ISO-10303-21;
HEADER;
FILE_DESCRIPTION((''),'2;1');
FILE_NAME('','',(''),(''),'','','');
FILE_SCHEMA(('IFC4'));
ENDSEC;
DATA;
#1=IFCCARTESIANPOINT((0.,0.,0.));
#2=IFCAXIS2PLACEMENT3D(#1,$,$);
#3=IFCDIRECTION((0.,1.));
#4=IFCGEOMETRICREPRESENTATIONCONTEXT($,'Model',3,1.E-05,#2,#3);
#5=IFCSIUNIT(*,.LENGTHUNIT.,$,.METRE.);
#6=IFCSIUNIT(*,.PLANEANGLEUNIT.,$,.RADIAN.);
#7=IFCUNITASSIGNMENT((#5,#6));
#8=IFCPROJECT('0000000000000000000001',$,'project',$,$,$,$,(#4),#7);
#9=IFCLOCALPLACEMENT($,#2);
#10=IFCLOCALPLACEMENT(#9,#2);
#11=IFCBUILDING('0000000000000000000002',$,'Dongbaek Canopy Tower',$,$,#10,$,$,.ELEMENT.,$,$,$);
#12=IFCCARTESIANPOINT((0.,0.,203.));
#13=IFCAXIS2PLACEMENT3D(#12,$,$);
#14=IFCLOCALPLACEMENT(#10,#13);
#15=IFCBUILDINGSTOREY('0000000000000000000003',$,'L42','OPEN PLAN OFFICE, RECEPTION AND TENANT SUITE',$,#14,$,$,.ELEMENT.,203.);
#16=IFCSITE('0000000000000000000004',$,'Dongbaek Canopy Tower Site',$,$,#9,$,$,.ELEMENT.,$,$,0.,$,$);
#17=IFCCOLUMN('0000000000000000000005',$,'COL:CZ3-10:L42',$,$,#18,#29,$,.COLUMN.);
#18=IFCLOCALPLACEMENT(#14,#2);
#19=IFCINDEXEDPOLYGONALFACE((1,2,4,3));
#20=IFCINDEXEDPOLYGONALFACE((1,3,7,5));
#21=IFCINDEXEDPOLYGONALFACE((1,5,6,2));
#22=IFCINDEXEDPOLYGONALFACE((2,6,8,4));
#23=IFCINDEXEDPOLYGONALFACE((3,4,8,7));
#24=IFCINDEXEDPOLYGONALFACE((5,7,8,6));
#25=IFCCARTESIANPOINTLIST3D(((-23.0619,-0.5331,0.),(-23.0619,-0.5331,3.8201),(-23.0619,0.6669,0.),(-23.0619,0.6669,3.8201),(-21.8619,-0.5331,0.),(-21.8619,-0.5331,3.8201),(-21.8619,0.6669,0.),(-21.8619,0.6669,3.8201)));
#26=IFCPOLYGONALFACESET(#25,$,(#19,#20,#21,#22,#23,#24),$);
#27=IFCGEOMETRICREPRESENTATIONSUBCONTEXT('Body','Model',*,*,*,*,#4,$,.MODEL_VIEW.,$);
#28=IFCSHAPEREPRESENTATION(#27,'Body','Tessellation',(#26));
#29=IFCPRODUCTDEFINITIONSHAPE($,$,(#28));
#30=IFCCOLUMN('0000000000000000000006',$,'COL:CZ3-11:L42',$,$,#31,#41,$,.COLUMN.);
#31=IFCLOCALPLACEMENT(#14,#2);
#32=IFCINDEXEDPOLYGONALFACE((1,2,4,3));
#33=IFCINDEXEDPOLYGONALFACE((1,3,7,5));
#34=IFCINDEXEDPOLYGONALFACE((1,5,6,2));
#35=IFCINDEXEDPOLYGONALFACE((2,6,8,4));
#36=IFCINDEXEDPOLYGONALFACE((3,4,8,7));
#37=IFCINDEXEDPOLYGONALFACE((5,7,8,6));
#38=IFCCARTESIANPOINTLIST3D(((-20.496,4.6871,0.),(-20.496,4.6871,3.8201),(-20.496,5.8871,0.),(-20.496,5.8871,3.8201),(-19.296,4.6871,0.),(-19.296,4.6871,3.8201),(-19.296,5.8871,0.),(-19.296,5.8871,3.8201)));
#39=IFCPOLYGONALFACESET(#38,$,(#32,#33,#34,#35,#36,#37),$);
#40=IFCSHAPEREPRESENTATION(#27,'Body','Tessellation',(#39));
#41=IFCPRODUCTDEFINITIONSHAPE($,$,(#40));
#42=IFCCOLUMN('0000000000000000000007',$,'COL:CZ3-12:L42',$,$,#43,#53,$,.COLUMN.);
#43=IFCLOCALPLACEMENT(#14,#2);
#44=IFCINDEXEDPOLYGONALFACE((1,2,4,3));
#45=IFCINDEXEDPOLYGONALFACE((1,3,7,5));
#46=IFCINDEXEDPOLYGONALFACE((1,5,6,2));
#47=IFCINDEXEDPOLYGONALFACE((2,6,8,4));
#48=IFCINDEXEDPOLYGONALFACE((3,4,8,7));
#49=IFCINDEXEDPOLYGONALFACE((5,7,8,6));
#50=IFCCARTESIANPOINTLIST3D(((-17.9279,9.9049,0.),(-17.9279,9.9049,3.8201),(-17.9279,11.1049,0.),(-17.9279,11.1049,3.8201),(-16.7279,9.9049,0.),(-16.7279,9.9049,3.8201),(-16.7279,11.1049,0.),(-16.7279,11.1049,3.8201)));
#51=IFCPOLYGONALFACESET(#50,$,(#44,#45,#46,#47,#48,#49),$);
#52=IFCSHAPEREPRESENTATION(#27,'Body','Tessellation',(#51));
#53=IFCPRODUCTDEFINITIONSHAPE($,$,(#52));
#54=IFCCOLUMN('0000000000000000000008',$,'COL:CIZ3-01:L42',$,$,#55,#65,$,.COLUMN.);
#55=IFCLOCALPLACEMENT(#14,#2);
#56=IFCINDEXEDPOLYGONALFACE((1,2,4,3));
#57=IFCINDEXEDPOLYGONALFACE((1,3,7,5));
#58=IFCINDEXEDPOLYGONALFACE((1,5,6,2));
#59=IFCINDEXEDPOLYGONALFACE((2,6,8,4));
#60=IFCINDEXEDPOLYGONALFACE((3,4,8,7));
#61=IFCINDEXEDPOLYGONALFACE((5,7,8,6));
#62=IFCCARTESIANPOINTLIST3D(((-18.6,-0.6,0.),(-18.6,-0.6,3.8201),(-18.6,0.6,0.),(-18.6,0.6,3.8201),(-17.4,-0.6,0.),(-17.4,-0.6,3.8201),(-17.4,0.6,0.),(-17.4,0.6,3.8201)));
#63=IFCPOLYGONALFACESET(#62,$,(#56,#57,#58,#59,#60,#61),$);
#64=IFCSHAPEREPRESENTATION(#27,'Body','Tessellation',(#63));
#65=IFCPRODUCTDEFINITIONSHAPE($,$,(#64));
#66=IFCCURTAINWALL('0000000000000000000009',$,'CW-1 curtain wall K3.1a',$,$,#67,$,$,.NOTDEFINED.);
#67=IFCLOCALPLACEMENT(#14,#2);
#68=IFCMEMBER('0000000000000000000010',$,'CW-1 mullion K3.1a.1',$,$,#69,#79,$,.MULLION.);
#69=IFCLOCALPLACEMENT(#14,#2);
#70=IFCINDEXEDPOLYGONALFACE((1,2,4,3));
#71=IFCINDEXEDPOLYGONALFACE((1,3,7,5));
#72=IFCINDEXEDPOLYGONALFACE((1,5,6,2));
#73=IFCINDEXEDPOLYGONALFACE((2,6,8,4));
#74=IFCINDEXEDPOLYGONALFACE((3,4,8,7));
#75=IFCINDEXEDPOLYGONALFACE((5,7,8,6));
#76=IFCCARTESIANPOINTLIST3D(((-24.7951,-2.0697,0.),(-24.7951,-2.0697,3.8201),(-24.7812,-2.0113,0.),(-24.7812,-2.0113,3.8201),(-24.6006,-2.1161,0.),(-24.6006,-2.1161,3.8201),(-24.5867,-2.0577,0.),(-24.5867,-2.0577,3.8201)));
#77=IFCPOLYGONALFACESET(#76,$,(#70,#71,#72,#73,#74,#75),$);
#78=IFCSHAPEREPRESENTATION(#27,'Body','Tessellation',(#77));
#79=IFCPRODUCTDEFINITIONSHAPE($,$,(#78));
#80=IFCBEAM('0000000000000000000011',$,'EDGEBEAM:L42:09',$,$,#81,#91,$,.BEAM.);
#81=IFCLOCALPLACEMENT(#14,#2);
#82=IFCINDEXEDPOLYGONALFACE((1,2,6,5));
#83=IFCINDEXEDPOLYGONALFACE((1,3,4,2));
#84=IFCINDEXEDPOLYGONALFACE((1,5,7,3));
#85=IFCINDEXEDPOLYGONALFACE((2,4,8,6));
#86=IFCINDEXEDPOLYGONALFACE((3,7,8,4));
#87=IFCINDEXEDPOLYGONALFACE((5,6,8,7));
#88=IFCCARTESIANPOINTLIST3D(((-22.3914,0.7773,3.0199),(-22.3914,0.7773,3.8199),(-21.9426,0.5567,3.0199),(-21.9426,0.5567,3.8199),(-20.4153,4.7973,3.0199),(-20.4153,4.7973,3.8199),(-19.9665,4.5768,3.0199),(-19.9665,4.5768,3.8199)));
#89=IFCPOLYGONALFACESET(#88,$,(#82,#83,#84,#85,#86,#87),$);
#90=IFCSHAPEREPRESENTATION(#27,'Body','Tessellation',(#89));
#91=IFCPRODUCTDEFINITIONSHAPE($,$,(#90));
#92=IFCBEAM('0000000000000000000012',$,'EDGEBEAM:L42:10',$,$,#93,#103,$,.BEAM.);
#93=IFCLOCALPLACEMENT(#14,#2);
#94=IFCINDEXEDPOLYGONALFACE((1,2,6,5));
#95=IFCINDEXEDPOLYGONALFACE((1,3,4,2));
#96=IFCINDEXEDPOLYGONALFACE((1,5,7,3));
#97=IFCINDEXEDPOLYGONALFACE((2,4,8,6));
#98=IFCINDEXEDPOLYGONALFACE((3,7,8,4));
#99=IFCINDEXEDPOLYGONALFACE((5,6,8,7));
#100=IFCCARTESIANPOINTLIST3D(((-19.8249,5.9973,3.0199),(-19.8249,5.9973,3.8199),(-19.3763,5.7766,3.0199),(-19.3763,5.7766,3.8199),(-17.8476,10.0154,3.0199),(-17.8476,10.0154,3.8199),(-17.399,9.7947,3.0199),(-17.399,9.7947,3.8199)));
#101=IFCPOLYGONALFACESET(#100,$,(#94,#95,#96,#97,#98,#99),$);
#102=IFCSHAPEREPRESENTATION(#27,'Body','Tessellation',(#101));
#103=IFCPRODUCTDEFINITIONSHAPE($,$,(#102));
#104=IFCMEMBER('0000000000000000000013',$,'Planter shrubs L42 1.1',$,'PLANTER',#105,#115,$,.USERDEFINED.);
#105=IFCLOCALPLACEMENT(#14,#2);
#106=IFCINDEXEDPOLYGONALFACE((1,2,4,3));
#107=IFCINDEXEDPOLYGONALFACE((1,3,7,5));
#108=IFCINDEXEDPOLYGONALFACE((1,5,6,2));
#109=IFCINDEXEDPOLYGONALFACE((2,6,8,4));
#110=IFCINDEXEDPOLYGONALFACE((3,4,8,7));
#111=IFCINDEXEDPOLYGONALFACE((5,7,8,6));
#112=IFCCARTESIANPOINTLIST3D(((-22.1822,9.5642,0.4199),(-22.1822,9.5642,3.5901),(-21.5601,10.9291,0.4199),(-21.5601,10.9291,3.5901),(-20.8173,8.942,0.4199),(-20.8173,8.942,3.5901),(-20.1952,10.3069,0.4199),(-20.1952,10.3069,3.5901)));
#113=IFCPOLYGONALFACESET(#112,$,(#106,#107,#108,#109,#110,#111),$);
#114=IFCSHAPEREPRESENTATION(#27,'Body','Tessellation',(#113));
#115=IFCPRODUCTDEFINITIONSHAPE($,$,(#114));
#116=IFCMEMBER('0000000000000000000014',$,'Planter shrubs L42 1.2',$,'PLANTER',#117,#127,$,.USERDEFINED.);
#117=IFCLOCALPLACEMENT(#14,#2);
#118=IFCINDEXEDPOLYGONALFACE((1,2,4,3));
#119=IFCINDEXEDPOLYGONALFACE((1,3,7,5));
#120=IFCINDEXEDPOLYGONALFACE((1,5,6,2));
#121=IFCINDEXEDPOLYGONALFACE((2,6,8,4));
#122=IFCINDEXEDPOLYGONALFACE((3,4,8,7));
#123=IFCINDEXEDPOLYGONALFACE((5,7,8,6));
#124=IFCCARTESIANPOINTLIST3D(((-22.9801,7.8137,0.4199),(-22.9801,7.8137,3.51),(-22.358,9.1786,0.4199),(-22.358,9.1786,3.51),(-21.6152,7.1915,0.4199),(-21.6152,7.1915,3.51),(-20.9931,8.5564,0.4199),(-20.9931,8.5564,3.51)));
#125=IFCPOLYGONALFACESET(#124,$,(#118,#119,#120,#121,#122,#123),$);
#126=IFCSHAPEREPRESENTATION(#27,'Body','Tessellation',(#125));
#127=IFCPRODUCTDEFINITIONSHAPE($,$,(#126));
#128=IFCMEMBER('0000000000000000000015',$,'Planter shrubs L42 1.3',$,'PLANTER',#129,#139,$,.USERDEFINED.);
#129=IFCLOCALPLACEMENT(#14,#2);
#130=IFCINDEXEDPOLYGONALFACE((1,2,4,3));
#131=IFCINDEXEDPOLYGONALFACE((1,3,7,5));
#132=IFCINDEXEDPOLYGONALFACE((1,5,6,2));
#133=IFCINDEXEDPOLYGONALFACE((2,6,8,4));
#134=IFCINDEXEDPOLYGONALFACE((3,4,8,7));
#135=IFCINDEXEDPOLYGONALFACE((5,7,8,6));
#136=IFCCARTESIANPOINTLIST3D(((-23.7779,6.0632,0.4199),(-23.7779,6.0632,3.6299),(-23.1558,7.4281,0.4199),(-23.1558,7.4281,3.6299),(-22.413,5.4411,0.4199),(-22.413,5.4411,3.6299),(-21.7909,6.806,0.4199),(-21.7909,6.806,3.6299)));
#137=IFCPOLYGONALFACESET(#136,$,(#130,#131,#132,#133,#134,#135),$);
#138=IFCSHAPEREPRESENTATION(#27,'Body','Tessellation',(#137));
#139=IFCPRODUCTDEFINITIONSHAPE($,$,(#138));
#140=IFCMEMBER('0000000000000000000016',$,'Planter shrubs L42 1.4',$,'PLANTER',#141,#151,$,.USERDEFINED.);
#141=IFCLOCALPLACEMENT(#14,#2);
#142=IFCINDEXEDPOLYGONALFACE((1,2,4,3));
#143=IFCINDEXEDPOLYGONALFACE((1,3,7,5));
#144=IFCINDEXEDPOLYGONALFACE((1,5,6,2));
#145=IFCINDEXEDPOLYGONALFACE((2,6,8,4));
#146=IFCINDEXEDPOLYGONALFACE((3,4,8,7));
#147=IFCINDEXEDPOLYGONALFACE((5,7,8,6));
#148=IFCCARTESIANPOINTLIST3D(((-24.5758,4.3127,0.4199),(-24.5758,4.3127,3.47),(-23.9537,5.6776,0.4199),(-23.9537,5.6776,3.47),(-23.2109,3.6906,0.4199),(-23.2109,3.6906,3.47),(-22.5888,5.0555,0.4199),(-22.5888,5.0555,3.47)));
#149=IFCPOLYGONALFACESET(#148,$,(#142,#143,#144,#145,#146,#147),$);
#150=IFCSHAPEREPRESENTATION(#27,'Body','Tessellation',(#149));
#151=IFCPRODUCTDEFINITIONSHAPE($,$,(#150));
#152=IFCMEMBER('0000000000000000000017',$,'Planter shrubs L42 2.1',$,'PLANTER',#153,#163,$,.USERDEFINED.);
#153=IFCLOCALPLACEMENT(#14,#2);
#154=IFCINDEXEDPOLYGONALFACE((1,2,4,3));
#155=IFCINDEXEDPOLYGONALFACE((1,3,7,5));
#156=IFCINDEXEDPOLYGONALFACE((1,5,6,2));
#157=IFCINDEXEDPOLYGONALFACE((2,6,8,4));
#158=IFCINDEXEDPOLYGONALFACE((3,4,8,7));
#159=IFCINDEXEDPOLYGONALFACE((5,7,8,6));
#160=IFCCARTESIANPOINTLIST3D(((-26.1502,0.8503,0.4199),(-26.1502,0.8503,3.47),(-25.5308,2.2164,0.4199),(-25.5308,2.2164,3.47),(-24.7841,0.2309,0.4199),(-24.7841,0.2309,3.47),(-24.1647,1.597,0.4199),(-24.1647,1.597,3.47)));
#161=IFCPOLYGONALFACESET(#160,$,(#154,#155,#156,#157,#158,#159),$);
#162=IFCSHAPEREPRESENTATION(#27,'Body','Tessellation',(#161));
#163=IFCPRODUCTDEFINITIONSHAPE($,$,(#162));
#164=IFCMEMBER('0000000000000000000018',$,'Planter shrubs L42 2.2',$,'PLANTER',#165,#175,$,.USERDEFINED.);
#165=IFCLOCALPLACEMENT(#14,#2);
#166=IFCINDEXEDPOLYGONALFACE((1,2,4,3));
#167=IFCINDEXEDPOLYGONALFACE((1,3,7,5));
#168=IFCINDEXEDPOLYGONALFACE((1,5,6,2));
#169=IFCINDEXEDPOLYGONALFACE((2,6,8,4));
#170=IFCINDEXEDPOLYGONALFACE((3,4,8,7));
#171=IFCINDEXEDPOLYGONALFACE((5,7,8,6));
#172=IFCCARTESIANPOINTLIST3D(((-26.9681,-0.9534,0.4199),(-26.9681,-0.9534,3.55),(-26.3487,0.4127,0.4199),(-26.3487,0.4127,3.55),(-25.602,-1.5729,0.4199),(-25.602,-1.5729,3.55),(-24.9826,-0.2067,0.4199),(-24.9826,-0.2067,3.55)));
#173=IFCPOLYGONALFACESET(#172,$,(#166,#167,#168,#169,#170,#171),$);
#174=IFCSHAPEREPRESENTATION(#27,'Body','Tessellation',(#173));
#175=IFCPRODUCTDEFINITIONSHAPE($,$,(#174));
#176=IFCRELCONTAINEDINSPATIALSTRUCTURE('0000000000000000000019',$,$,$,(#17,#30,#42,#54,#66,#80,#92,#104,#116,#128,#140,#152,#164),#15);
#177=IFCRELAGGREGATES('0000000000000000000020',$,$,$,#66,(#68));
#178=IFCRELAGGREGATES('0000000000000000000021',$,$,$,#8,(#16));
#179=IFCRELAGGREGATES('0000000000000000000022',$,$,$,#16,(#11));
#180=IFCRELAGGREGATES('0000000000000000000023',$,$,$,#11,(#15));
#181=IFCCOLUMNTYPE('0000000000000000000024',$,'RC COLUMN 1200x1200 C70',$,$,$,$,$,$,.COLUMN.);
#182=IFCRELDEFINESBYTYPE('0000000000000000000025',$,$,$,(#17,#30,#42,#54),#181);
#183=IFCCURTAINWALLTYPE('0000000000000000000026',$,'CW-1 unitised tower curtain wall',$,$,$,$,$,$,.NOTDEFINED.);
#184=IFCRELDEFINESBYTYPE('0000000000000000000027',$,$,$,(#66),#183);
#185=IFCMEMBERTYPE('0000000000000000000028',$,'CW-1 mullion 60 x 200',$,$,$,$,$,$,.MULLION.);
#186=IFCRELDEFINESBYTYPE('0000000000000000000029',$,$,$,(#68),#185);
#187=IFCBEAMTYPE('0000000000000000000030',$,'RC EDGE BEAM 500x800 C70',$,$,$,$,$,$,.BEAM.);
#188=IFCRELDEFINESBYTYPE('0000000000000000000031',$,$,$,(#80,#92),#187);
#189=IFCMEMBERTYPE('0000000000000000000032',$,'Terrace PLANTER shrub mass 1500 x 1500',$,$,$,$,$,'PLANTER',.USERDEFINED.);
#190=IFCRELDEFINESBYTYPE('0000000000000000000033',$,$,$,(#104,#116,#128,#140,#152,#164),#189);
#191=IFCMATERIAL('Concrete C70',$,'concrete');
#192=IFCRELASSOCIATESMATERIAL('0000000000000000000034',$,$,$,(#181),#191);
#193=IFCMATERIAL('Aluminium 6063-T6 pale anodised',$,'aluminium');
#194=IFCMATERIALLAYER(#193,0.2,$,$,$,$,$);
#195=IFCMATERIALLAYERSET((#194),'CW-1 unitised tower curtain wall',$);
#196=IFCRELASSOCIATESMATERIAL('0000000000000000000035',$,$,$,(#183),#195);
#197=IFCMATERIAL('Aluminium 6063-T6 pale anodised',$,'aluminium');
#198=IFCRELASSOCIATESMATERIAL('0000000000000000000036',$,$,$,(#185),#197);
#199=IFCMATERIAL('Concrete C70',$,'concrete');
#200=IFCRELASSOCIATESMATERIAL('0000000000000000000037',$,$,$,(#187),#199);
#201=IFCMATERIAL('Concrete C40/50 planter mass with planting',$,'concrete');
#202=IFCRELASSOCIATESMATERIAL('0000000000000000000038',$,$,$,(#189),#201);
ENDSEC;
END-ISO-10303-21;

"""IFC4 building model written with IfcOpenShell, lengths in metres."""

from ifc_helpers import new_model, si_unit, direction, frame, origin, origin_2d, place, context, subcontext, project, spatial, rectangle, extrude, material, layer, layer_set, material_profile, profile_set, type_object, element, aggregate, save


model = new_model("IFC4")

# Units and contexts
model_context = context("Model", 3, precision=1e-05, world=origin(), true_north=direction((0.0, 1.0)))
body_context = subcontext(model_context, "Body", "Model", "MODEL_VIEW")
ifc_project = project(units=[si_unit("LENGTHUNIT", "METRE"), si_unit("PLANEANGLEUNIT", "RADIAN")], contexts=[model_context])

# Site, building, storey
site_placement = place(None, origin())
site = spatial("IfcSite", under=ifc_project, at=site_placement, Name="Dongbaek Canopy Tower Site", CompositionType="ELEMENT", RefElevation=0.0)
building_placement = place(site_placement, origin())
building = spatial("IfcBuilding", under=site, at=building_placement, Name="Dongbaek Canopy Tower", CompositionType="ELEMENT")
storey_placement = place(building_placement, frame((0.0, 0.0, 203.0)))
storey = spatial("IfcBuildingStorey", under=building, at=storey_placement, Name="L42", Description="OPEN PLAN OFFICE, RECEPTION AND TENANT SUITE", CompositionType="ELEMENT", Elevation=203.0)

# Columns
ifc_material_1 = material(Name="Concrete C70", Category="concrete")
ifc_material_profile_1 = material_profile(ifc_material_1, rectangle(XDim=1.2, YDim=1.2, at=origin_2d()), Name="RC COLUMN 1200x1200 C70")
ifc_profile_set_1 = profile_set([ifc_material_profile_1], Name="Concrete C70")
column_type = type_object("IfcColumnType", Name="RC COLUMN 1200x1200 C70", PredefinedType="COLUMN", material=ifc_profile_set_1)
for number, where, z_axis, x_axis, name in (
    (1, (-22.4619, 0.0669, 0.0), (0.0, 0.0, 1.0), (1.0, 0.0, 0.0), "COL:CZ3-10:L42"),
    (2, (-19.896, 5.2871, 0.0), (0.0, 0.0, 1.0), (1.0, 0.0, 0.0), "COL:CZ3-11:L42"),
    (3, (-17.3279, 10.5049, 0.0), (0.0, 0.0, 1.0), (1.0, 0.0, 0.0), "COL:CZ3-12:L42"),
    (4, (-18.0, 0.0, 0.0), (0.0, 0.0, 1.0), (1.0, 0.0, 0.0), "COL:CIZ3-01:L42"),
):
    element("IfcColumn", number, at=place(storey_placement, frame(where, z_axis=z_axis, x_axis=x_axis)), inside=storey, type_object=column_type, Name=name, PredefinedType="COLUMN", context=body_context, shape_type="SweptSolid", body=[
        extrude(rectangle(XDim=1.2, YDim=1.2, at=origin_2d()), origin(), (0.0, 0.0, 1.0), 3.8201),
    ])

# Curtain wall, member
ifc_material_2 = material(Name="Aluminium 6063-T6 pale anodised", Category="aluminium")
ifc_layer_1 = layer(ifc_material_2, 0.2)
ifc_layer_set_1 = layer_set([ifc_layer_1], Name="CW-1 unitised tower curtain wall")
curtain_wall_type = type_object("IfcCurtainWallType", Name="CW-1 unitised tower curtain wall", PredefinedType="NOTDEFINED", material=ifc_layer_set_1)
curtain_wall_placement = place(storey_placement, origin())
curtain_wall = element("IfcCurtainWall", 5, at=curtain_wall_placement, inside=storey, type_object=curtain_wall_type, Name="CW-1 curtain wall K3.1a", PredefinedType="NOTDEFINED")
ifc_material_3 = material(Name="Aluminium 6063-T6 pale anodised", Category="aluminium")
ifc_material_profile_2 = material_profile(ifc_material_3, rectangle(XDim=0.2, YDim=0.0601, at=origin_2d()), Name="CW-1 mullion 60 x 200")
ifc_profile_set_2 = profile_set([ifc_material_profile_2], Name="Aluminium 6063-T6 pale anodised")
member_type_1 = type_object("IfcMemberType", Name="CW-1 mullion 60 x 200", PredefinedType="MULLION", material=ifc_profile_set_2)
member_1_placement = place(storey_placement, frame((-24.6909, -2.0637, 0.0), z_axis=(0.0, 0.0, 1.0), x_axis=(-0.972744, 0.231882, 0.0)))
member_1 = element("IfcMember", 6, at=member_1_placement, type_object=member_type_1, Name="CW-1 mullion K3.1a.1", PredefinedType="MULLION", context=body_context, shape_type="SweptSolid", body=[
    extrude(rectangle(XDim=0.2, YDim=0.0601, at=origin_2d()), origin(), (0.0, 0.0, 1.0), 3.8201),
])
aggregate(curtain_wall, [member_1])

# Beams
ifc_material_4 = material(Name="Concrete C70", Category="concrete")
ifc_material_profile_3 = material_profile(ifc_material_4, rectangle(XDim=0.5, YDim=0.8, at=origin_2d()), Name="RC EDGE BEAM 500x800 C70")
ifc_profile_set_3 = profile_set([ifc_material_profile_3], Name="Concrete C70")
beam_type = type_object("IfcBeamType", Name="RC EDGE BEAM 500x800 C70", PredefinedType="BEAM", material=ifc_profile_set_3)
beam_1_placement = place(storey_placement, frame((-22.167, 0.667, 3.4199), z_axis=(0.441143, 0.897437, 0.0), x_axis=(-0.897437, 0.441143, 0.0)))
element("IfcBeam", 7, at=beam_1_placement, inside=storey, type_object=beam_type, Name="EDGEBEAM:L42:09", PredefinedType="BEAM", context=body_context, shape_type="SweptSolid", body=[
    extrude(rectangle(XDim=0.5, YDim=0.8, at=origin_2d()), origin(), (0.0, 0.0, 1.0), 4.4795),
])
beam_2_placement = place(storey_placement, frame((-19.6006, 5.887, 3.4199), z_axis=(0.441535, 0.897244, 0.0), x_axis=(-0.897244, 0.441535, 0.0)))
element("IfcBeam", 8, at=beam_2_placement, inside=storey, type_object=beam_type, Name="EDGEBEAM:L42:10", PredefinedType="BEAM", context=body_context, shape_type="SweptSolid", body=[
    extrude(rectangle(XDim=0.5, YDim=0.8, at=origin_2d()), origin(), (0.0, 0.0, 1.0), 4.4783),
])

# Members
ifc_material_5 = material(Name="Concrete C40/50 planter mass with planting", Category="concrete")
ifc_material_profile_4 = material_profile(ifc_material_5, rectangle(XDim=1.5, YDim=1.5, at=origin_2d()), Name="Terrace PLANTER shrub mass 1500 x 1500")
ifc_profile_set_4 = profile_set([ifc_material_profile_4], Name="Concrete C40/50 planter mass with planting")
member_type_2 = type_object("IfcMemberType", Name="Terrace PLANTER shrub mass 1500 x 1500", ElementType="PLANTER", PredefinedType="USERDEFINED", material=ifc_profile_set_4)
member_2_placement = place(storey_placement, frame((-21.1887, 9.9355, 0.4199), z_axis=(0.0, 0.0, 1.0), x_axis=(-0.909933, 0.414755, 0.0)))
element("IfcMember", 9, at=member_2_placement, inside=storey, type_object=member_type_2, Name="Planter shrubs L42 1.1", ObjectType="PLANTER", PredefinedType="USERDEFINED", context=body_context, shape_type="SweptSolid", body=[
    extrude(rectangle(XDim=1.5, YDim=1.5, at=origin_2d()), origin(), (0.0, 0.0, 1.0), 3.1702),
])
member_3_placement = place(storey_placement, frame((-21.9866, 8.1851, 0.4199), z_axis=(0.0, 0.0, 1.0), x_axis=(-0.909933, 0.414755, 0.0)))
element("IfcMember", 10, at=member_3_placement, inside=storey, type_object=member_type_2, Name="Planter shrubs L42 1.2", ObjectType="PLANTER", PredefinedType="USERDEFINED", context=body_context, shape_type="SweptSolid", body=[
    extrude(rectangle(XDim=1.5, YDim=1.5, at=origin_2d()), origin(), (0.0, 0.0, 1.0), 3.0901),
])
member_4_placement = place(storey_placement, frame((-22.7844, 6.4346, 0.4199), z_axis=(0.0, 0.0, 1.0), x_axis=(-0.909933, 0.414755, 0.0)))
element("IfcMember", 11, at=member_4_placement, inside=storey, type_object=member_type_2, Name="Planter shrubs L42 1.3", ObjectType="PLANTER", PredefinedType="USERDEFINED", context=body_context, shape_type="SweptSolid", body=[
    extrude(rectangle(XDim=1.5, YDim=1.5, at=origin_2d()), origin(), (0.0, 0.0, 1.0), 3.21),
])
for number, where, z_axis, x_axis, name in (
    (12, (-23.5823, 4.6841, 0.4199), (0.0, 0.0, 1.0), (-0.909933, 0.414755, 0.0), "Planter shrubs L42 1.4"),
    (13, (-25.1575, 1.2236, 0.4199), (0.0, 0.0, 1.0), (-0.91076, 0.412936, 0.0), "Planter shrubs L42 2.1"),
):
    element("IfcMember", number, at=place(storey_placement, frame(where, z_axis=z_axis, x_axis=x_axis)), inside=storey, type_object=member_type_2, Name=name, ObjectType="PLANTER", PredefinedType="USERDEFINED", context=body_context, shape_type="SweptSolid", body=[
        extrude(rectangle(XDim=1.5, YDim=1.5, at=origin_2d()), origin(), (0.0, 0.0, 1.0), 3.05),
    ])
member_5_placement = place(storey_placement, frame((-25.9753, -0.5801, 0.4199), z_axis=(0.0, 0.0, 1.0), x_axis=(-0.91076, 0.412936, 0.0)))
element("IfcMember", 14, at=member_5_placement, inside=storey, type_object=member_type_2, Name="Planter shrubs L42 2.2", ObjectType="PLANTER", PredefinedType="USERDEFINED", context=body_context, shape_type="SweptSolid", body=[
    extrude(rectangle(XDim=1.5, YDim=1.5, at=origin_2d()), origin(), (0.0, 0.0, 1.0), 3.1301),
])

save(model, "model.ifc")
